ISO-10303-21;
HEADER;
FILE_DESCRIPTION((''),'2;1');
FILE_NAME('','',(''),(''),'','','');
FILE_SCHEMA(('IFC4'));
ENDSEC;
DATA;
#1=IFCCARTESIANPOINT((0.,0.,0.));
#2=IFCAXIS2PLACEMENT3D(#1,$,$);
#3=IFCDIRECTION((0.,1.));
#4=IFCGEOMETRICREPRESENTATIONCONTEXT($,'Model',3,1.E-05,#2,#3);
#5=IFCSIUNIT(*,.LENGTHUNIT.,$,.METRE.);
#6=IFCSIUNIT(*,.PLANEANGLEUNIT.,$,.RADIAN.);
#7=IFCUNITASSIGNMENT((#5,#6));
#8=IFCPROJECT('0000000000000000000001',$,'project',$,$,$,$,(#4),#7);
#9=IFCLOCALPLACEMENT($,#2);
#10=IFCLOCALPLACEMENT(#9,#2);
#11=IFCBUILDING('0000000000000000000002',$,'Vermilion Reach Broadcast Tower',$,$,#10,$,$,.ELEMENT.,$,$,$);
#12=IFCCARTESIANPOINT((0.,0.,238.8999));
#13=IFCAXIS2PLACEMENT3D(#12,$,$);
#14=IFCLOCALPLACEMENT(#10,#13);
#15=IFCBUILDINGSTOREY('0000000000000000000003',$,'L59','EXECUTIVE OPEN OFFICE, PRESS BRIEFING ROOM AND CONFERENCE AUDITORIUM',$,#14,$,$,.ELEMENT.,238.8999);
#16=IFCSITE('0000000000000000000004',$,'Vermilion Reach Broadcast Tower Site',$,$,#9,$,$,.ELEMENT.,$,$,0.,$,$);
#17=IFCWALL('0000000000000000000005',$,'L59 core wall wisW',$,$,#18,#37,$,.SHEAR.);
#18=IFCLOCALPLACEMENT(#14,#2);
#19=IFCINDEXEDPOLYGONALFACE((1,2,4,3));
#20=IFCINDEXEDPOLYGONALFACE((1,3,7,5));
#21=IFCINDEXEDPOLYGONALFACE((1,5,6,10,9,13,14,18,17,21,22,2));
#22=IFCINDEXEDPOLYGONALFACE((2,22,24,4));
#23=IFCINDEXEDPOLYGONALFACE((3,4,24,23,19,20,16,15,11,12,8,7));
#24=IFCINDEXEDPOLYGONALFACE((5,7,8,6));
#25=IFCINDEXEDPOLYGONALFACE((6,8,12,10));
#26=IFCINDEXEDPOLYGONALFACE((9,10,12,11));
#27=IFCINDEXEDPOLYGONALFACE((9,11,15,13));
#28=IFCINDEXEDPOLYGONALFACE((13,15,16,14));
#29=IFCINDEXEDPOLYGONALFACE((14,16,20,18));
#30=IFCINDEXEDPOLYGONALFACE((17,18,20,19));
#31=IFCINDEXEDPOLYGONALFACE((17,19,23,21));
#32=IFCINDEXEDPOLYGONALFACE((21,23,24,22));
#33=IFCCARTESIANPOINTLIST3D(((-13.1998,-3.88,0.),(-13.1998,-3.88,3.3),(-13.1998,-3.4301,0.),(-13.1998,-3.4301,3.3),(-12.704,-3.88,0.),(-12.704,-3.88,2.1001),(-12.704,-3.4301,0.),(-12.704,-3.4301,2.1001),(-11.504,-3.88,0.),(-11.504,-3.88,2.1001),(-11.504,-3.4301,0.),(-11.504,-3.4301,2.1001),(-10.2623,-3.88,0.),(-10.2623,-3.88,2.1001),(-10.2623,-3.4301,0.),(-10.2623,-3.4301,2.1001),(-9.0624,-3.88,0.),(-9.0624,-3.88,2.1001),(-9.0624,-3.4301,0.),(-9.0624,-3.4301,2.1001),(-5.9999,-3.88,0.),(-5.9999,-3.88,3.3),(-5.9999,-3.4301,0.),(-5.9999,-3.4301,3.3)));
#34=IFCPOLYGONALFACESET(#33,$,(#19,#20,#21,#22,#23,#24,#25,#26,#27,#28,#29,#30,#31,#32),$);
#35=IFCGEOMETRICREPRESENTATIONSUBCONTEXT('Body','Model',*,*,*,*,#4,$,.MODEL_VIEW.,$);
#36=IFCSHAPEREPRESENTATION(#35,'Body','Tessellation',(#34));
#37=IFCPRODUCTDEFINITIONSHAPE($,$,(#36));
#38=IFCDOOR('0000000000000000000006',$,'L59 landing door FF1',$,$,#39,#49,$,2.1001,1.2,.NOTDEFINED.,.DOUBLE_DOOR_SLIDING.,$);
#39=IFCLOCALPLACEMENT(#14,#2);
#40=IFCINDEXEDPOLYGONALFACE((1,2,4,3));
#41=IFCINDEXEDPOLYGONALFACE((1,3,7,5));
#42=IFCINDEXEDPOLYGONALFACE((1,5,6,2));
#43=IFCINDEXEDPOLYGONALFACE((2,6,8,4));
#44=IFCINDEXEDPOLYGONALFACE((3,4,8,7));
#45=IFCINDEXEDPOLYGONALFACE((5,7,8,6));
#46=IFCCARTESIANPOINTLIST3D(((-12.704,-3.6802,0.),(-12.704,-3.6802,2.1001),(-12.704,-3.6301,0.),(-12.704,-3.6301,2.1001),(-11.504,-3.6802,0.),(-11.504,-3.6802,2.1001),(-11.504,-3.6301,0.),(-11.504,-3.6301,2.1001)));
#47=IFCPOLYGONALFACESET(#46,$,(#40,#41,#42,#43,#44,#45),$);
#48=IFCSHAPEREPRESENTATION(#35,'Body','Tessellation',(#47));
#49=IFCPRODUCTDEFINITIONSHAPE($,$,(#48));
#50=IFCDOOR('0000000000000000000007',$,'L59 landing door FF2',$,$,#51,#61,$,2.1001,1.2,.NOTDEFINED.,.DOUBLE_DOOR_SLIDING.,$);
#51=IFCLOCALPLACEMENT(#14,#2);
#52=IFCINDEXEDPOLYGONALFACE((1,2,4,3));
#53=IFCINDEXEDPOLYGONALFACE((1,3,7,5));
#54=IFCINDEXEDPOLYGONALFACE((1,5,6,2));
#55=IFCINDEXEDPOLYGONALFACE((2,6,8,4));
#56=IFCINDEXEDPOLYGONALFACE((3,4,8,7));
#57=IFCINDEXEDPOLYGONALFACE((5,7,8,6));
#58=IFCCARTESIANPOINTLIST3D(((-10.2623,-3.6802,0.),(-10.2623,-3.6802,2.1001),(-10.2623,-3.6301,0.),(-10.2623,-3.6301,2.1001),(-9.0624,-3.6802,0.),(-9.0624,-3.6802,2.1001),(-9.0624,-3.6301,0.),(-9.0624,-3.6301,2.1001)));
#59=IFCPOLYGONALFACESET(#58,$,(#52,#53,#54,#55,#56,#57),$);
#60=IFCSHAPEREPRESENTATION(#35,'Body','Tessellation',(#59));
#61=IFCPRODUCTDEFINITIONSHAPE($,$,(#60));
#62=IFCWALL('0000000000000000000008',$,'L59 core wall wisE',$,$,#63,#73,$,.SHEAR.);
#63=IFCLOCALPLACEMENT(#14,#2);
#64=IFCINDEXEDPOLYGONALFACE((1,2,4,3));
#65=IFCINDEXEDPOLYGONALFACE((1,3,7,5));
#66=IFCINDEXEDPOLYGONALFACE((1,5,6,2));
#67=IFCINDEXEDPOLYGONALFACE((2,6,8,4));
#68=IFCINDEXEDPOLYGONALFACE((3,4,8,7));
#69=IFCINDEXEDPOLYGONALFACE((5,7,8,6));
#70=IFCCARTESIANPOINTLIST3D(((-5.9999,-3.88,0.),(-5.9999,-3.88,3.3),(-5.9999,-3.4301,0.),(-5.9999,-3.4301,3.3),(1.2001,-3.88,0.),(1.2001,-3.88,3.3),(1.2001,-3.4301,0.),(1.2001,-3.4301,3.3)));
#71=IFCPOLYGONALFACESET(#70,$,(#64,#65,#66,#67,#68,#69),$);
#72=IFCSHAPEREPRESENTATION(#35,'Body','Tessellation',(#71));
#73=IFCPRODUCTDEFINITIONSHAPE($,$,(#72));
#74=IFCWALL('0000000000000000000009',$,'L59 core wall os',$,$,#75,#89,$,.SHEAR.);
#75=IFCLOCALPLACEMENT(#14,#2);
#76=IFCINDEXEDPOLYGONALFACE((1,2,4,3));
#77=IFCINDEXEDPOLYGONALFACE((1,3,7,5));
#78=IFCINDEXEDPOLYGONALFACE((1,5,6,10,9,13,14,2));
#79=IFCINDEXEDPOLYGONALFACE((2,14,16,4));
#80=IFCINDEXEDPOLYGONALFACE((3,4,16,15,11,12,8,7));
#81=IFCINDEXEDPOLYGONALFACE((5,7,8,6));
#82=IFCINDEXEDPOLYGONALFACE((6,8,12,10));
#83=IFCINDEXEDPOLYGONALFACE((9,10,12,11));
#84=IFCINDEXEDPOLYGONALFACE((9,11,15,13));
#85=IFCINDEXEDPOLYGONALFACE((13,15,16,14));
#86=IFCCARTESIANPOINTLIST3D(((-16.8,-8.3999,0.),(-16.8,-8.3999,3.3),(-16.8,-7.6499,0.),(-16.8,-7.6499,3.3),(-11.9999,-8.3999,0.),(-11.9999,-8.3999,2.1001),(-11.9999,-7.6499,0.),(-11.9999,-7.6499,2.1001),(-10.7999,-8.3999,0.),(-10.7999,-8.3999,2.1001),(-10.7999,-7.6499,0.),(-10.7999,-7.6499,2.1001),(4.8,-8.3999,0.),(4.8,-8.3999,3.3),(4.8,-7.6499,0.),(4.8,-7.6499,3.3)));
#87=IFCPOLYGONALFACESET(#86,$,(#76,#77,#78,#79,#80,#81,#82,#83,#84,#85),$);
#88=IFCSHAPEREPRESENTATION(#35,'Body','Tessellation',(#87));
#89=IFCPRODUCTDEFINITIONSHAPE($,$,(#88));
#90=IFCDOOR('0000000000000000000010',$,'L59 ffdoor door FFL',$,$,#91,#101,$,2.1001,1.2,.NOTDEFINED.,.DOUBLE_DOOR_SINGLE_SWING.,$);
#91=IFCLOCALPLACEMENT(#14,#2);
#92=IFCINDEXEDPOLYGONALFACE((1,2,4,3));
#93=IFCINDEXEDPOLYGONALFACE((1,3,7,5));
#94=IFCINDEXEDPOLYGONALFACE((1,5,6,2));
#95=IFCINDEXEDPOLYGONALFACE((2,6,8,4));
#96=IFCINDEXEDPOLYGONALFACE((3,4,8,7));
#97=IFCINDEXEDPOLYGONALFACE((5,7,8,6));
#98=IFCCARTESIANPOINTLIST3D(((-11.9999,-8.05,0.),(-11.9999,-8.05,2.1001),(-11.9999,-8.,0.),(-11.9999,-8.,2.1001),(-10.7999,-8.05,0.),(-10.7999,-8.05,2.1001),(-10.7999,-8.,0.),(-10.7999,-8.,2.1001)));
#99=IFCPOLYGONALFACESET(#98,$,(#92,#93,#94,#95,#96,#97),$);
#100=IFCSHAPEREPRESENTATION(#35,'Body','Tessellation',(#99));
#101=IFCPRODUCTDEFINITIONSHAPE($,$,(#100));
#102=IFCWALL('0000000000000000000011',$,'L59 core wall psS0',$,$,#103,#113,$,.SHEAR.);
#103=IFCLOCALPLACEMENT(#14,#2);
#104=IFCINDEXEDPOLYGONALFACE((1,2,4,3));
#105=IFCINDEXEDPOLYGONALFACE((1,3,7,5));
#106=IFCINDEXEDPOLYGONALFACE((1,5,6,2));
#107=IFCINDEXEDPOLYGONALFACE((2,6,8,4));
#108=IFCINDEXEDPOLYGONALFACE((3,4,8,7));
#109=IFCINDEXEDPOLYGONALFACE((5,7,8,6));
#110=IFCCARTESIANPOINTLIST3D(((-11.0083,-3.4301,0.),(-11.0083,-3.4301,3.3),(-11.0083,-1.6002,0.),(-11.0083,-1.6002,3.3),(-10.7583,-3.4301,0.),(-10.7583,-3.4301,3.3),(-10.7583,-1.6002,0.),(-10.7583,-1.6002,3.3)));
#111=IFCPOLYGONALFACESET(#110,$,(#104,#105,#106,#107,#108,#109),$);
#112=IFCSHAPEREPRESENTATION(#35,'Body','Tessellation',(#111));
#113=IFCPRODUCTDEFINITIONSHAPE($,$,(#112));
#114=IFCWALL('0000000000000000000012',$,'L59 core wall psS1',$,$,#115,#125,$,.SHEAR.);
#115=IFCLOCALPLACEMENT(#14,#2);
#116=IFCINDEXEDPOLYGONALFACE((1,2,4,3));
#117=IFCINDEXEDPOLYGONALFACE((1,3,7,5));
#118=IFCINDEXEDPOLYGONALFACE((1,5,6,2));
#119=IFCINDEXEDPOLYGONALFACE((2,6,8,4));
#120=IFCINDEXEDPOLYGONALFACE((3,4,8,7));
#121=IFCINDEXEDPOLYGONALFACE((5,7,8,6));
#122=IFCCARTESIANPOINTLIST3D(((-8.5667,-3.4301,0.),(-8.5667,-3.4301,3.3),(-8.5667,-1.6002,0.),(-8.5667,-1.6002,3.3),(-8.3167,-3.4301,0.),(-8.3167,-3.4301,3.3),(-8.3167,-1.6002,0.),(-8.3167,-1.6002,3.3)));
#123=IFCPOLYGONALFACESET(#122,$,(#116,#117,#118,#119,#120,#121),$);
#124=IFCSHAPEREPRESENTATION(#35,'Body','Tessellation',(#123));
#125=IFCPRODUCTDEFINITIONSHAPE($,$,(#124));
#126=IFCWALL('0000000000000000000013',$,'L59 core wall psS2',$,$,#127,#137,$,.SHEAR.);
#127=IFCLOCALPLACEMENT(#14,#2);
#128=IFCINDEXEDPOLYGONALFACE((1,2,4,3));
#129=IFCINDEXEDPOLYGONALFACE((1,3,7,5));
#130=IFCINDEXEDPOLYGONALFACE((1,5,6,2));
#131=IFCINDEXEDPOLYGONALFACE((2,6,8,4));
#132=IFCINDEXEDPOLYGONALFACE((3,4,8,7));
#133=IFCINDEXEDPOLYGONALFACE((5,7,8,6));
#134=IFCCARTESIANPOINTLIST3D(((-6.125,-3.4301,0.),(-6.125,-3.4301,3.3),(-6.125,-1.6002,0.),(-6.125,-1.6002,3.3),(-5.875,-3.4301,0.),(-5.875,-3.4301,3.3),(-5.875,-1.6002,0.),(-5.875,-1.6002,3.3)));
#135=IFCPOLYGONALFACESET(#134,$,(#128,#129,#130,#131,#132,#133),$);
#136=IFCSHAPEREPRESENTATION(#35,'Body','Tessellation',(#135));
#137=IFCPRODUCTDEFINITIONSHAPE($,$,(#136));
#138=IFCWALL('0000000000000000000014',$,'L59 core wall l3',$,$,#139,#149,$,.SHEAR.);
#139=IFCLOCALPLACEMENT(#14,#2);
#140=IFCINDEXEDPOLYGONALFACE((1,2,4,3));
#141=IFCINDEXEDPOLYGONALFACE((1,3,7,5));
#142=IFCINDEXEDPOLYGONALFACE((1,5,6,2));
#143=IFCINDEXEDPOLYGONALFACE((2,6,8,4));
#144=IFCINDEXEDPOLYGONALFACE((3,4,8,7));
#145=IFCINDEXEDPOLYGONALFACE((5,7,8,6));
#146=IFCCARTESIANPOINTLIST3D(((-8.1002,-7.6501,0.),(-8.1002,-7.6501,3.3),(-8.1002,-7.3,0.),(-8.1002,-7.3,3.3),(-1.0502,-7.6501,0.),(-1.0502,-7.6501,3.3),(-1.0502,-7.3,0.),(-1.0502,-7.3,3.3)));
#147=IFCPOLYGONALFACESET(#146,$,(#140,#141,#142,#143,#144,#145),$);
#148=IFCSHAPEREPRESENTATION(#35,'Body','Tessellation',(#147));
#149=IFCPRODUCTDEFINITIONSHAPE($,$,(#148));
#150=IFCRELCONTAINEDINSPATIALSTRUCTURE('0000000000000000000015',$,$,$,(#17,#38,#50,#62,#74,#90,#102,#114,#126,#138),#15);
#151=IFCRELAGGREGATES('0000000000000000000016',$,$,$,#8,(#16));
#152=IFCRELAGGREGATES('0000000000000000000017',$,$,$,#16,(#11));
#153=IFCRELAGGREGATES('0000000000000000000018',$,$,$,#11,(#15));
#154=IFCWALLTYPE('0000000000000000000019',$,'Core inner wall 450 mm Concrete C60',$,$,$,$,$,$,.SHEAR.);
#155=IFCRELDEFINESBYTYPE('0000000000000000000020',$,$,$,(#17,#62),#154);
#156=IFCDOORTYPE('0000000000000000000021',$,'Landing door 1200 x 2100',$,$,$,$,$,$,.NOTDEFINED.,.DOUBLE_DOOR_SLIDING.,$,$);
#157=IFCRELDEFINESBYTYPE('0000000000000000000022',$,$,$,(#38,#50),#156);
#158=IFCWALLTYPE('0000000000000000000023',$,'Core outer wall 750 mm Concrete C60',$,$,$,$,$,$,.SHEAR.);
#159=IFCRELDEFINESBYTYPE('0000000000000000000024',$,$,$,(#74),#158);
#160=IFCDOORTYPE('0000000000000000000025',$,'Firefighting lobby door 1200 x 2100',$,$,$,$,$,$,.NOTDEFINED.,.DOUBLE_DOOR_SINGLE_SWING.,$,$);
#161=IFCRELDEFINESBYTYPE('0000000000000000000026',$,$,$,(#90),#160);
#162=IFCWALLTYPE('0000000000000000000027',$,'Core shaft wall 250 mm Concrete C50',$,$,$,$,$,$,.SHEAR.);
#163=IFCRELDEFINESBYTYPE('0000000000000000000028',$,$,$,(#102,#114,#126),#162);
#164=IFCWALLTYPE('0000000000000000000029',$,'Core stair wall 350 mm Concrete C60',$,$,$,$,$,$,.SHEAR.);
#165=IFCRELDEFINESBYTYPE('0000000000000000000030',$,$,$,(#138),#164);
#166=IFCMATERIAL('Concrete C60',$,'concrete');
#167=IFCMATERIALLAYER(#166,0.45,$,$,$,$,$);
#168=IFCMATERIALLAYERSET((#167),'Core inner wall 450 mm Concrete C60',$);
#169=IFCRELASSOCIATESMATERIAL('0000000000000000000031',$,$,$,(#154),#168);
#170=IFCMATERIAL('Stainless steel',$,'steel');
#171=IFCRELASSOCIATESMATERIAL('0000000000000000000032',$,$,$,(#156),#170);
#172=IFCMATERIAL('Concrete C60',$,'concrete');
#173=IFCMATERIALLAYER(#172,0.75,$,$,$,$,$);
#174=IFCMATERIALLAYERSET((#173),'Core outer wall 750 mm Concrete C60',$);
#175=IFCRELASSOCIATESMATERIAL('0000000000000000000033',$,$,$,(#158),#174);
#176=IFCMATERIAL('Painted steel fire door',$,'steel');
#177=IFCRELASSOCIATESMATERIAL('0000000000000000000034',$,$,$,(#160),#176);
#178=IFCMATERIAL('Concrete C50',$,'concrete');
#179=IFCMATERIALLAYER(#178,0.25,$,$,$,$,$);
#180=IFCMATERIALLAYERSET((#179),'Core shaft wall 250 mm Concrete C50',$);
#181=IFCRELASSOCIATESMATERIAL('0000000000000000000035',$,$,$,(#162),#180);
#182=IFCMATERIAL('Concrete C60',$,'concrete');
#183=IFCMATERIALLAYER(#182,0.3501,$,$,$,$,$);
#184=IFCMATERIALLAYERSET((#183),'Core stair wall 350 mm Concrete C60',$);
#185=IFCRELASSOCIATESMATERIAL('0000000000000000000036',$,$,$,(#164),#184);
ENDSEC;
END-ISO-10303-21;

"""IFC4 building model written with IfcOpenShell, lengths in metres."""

from ifc_helpers import new_model, si_unit, direction, frame, frame_2d, origin, place, context, subcontext, project, spatial, rectangle, extrude, material, layer, layer_set, type_object, element, fill, save


model = new_model("IFC4")

# Units and contexts
model_context = context("Model", 3, precision=1e-05, world=origin(), true_north=direction((0.0, 1.0)))
body_context = subcontext(model_context, "Body", "Model", "MODEL_VIEW")
ifc_project = project(units=[si_unit("LENGTHUNIT", "METRE"), si_unit("PLANEANGLEUNIT", "RADIAN")], contexts=[model_context])

# Site, building, storey
site_placement = place(None, origin())
site = spatial("IfcSite", under=ifc_project, at=site_placement, Name="Vermilion Reach Broadcast Tower Site", CompositionType="ELEMENT", RefElevation=0.0)
building_placement = place(site_placement, origin())
building = spatial("IfcBuilding", under=site, at=building_placement, Name="Vermilion Reach Broadcast Tower", CompositionType="ELEMENT")
storey_placement = place(building_placement, frame((0.0, 0.0, 238.8999)))
storey = spatial("IfcBuildingStorey", under=building, at=storey_placement, Name="L59", Description="EXECUTIVE OPEN OFFICE, PRESS BRIEFING ROOM AND CONFERENCE AUDITORIUM", CompositionType="ELEMENT", Elevation=238.8999)

# Wall, openings, doors
ifc_material_1 = material(Name="Concrete C60", Category="concrete")
ifc_layer_1 = layer(ifc_material_1, 0.45)
ifc_layer_set_1 = layer_set([ifc_layer_1], Name="Core inner wall 450 mm Concrete C60")
wall_type_1 = type_object("IfcWallType", Name="Core inner wall 450 mm Concrete C60", PredefinedType="SHEAR", material=ifc_layer_set_1)
wall_1_placement = place(storey_placement, frame((-13.2, -3.655, 0.0), z_axis=(0.0, 0.0, 1.0), x_axis=(1.0, 0.0, 0.0)))
wall_1 = element("IfcWall", 1, at=wall_1_placement, inside=storey, type_object=wall_type_1, Name="L59 core wall wisW", PredefinedType="SHEAR", context=body_context, shape_type="SweptSolid", body=[
    extrude(rectangle(XDim=7.2, YDim=0.45, at=frame_2d((3.6001, 0.0))), origin(), (0.0, 0.0, 1.0), 3.3),
])
opening_1_placement = place(wall_1_placement, frame((0.4958, 0.0, 0.0)))
opening_1 = element("IfcOpeningElement", 2, at=opening_1_placement, cuts=wall_1, PredefinedType="OPENING", context=body_context, shape_type="SweptSolid", body=[
    extrude(rectangle(XDim=1.2, YDim=2.1001, at=frame_2d((0.6001, 1.05))), frame((0.0, 0.2349, 0.0), z_axis=(0.0, -1.0, 0.0), x_axis=(1.0, 0.0, 0.0)), (0.0, 0.0, 1.0), 0.47),
])
opening_2_placement = place(wall_1_placement, frame((2.9375, 0.0, 0.0)))
opening_2 = element("IfcOpeningElement", 3, at=opening_2_placement, cuts=wall_1, PredefinedType="OPENING", context=body_context, shape_type="SweptSolid", body=[
    extrude(rectangle(XDim=1.2, YDim=2.1001, at=frame_2d((0.6001, 1.05))), frame((0.0, 0.2349, 0.0), z_axis=(0.0, -1.0, 0.0), x_axis=(1.0, 0.0, 0.0)), (0.0, 0.0, 1.0), 0.47),
])
ifc_material_2 = material(Name="Stainless steel", Category="steel")
door_type_1 = type_object("IfcDoorType", Name="Landing door 1200 x 2100", OperationType="DOUBLE_DOOR_SLIDING", PredefinedType="NOTDEFINED", material=ifc_material_2)
door_1_placement = place(opening_1_placement, origin())
door_1 = element("IfcDoor", 4, at=door_1_placement, inside=storey, type_object=door_type_1, Name="L59 landing door FF1", OperationType="DOUBLE_DOOR_SLIDING", OverallHeight=2.1001, OverallWidth=1.2, PredefinedType="NOTDEFINED", context=body_context, shape_type="SweptSolid", body=[
    extrude(rectangle(XDim=1.2, YDim=2.1001, at=frame_2d((0.6001, 1.05))), frame((0.0, 0.0249, 0.0), z_axis=(0.0, -1.0, 0.0), x_axis=(1.0, 0.0, 0.0)), (0.0, 0.0, 1.0), 0.05),
])
fill(opening_1, door_1)
door_2_placement = place(opening_2_placement, origin())
door_2 = element("IfcDoor", 5, at=door_2_placement, inside=storey, type_object=door_type_1, Name="L59 landing door FF2", OperationType="DOUBLE_DOOR_SLIDING", OverallHeight=2.1001, OverallWidth=1.2, PredefinedType="NOTDEFINED", context=body_context, shape_type="SweptSolid", body=[
    extrude(rectangle(XDim=1.2, YDim=2.1001, at=frame_2d((0.6001, 1.05))), frame((0.0, 0.0249, 0.0), z_axis=(0.0, -1.0, 0.0), x_axis=(1.0, 0.0, 0.0)), (0.0, 0.0, 1.0), 0.05),
])
fill(opening_2, door_2)

# Wall
wall_2_placement = place(storey_placement, frame((-6.0, -3.655, 0.0), z_axis=(0.0, 0.0, 1.0), x_axis=(1.0, 0.0, 0.0)))
element("IfcWall", 6, at=wall_2_placement, inside=storey, type_object=wall_type_1, Name="L59 core wall wisE", PredefinedType="SHEAR", context=body_context, shape_type="SweptSolid", body=[
    extrude(rectangle(XDim=7.2, YDim=0.45, at=frame_2d((3.6001, 0.0))), origin(), (0.0, 0.0, 1.0), 3.3),
])

# Wall, opening, door
ifc_material_3 = material(Name="Concrete C60", Category="concrete")
ifc_layer_2 = layer(ifc_material_3, 0.75)
ifc_layer_set_2 = layer_set([ifc_layer_2], Name="Core outer wall 750 mm Concrete C60")
wall_type_2 = type_object("IfcWallType", Name="Core outer wall 750 mm Concrete C60", PredefinedType="SHEAR", material=ifc_layer_set_2)
wall_3_placement = place(storey_placement, frame((-16.8, -8.0249, 0.0), z_axis=(0.0, 0.0, 1.0), x_axis=(1.0, 0.0, 0.0)))
wall_3 = element("IfcWall", 7, at=wall_3_placement, inside=storey, type_object=wall_type_2, Name="L59 core wall os", PredefinedType="SHEAR", context=body_context, shape_type="SweptSolid", body=[
    extrude(rectangle(XDim=21.6001, YDim=0.75, at=frame_2d((10.8, 0.0))), origin(), (0.0, 0.0, 1.0), 3.3),
])
opening_3_placement = place(wall_3_placement, frame((4.8, 0.0, 0.0)))
opening_3 = element("IfcOpeningElement", 8, at=opening_3_placement, cuts=wall_3, PredefinedType="OPENING", context=body_context, shape_type="SweptSolid", body=[
    extrude(rectangle(XDim=1.2, YDim=2.1001, at=frame_2d((0.6001, 1.05))), frame((0.0, 0.385, 0.0), z_axis=(0.0, -1.0, 0.0), x_axis=(1.0, 0.0, 0.0)), (0.0, 0.0, 1.0), 0.77),
])
ifc_material_4 = material(Name="Painted steel fire door", Category="steel")
door_type_2 = type_object("IfcDoorType", Name="Firefighting lobby door 1200 x 2100", OperationType="DOUBLE_DOOR_SINGLE_SWING", PredefinedType="NOTDEFINED", material=ifc_material_4)
door_3_placement = place(opening_3_placement, origin())
door_3 = element("IfcDoor", 9, at=door_3_placement, inside=storey, type_object=door_type_2, Name="L59 ffdoor door FFL", OperationType="DOUBLE_DOOR_SINGLE_SWING", OverallHeight=2.1001, OverallWidth=1.2, PredefinedType="NOTDEFINED", context=body_context, shape_type="SweptSolid", body=[
    extrude(rectangle(XDim=1.2, YDim=2.1001, at=frame_2d((0.6001, 1.05))), frame((0.0, 0.0249, 0.0), z_axis=(0.0, -1.0, 0.0), x_axis=(1.0, 0.0, 0.0)), (0.0, 0.0, 1.0), 0.05),
])
fill(opening_3, door_3)

# Walls
ifc_material_5 = material(Name="Concrete C50", Category="concrete")
ifc_layer_3 = layer(ifc_material_5, 0.25)
ifc_layer_set_3 = layer_set([ifc_layer_3], Name="Core shaft wall 250 mm Concrete C50")
wall_type_3 = type_object("IfcWallType", Name="Core shaft wall 250 mm Concrete C50", PredefinedType="SHEAR", material=ifc_layer_set_3)
for number, where, z_axis, x_axis, name in (
    (10, (-10.8833, -1.6001, 0.0), (0.0, 0.0, 1.0), (0.0, -1.0, 0.0), "L59 core wall psS0"),
    (11, (-8.4417, -1.6001, 0.0), (0.0, 0.0, 1.0), (0.0, -1.0, 0.0), "L59 core wall psS1"),
    (12, (-6.0, -1.6001, 0.0), (0.0, 0.0, 1.0), (0.0, -1.0, 0.0), "L59 core wall psS2"),
):
    element("IfcWall", number, at=place(storey_placement, frame(where, z_axis=z_axis, x_axis=x_axis)), inside=storey, type_object=wall_type_3, Name=name, PredefinedType="SHEAR", context=body_context, shape_type="SweptSolid", body=[
        extrude(rectangle(XDim=1.8298, YDim=0.25, at=frame_2d((0.915, 0.0))), origin(), (0.0, 0.0, 1.0), 3.3),
    ])
ifc_material_6 = material(Name="Concrete C60", Category="concrete")
ifc_layer_4 = layer(ifc_material_6, 0.3501)
ifc_layer_set_4 = layer_set([ifc_layer_4], Name="Core stair wall 350 mm Concrete C60")
wall_type_4 = type_object("IfcWallType", Name="Core stair wall 350 mm Concrete C60", PredefinedType="SHEAR", material=ifc_layer_set_4)
wall_4_placement = place(storey_placement, frame((-8.1001, -7.4751, 0.0), z_axis=(0.0, 0.0, 1.0), x_axis=(1.0, 0.0, 0.0)))
element("IfcWall", 13, at=wall_4_placement, inside=storey, type_object=wall_type_4, Name="L59 core wall l3", PredefinedType="SHEAR", context=body_context, shape_type="SweptSolid", body=[
    extrude(rectangle(XDim=7.05, YDim=0.3501, at=frame_2d((3.5249, 0.0))), origin(), (0.0, 0.0, 1.0), 3.3),
])

save(model, "model.ifc")
